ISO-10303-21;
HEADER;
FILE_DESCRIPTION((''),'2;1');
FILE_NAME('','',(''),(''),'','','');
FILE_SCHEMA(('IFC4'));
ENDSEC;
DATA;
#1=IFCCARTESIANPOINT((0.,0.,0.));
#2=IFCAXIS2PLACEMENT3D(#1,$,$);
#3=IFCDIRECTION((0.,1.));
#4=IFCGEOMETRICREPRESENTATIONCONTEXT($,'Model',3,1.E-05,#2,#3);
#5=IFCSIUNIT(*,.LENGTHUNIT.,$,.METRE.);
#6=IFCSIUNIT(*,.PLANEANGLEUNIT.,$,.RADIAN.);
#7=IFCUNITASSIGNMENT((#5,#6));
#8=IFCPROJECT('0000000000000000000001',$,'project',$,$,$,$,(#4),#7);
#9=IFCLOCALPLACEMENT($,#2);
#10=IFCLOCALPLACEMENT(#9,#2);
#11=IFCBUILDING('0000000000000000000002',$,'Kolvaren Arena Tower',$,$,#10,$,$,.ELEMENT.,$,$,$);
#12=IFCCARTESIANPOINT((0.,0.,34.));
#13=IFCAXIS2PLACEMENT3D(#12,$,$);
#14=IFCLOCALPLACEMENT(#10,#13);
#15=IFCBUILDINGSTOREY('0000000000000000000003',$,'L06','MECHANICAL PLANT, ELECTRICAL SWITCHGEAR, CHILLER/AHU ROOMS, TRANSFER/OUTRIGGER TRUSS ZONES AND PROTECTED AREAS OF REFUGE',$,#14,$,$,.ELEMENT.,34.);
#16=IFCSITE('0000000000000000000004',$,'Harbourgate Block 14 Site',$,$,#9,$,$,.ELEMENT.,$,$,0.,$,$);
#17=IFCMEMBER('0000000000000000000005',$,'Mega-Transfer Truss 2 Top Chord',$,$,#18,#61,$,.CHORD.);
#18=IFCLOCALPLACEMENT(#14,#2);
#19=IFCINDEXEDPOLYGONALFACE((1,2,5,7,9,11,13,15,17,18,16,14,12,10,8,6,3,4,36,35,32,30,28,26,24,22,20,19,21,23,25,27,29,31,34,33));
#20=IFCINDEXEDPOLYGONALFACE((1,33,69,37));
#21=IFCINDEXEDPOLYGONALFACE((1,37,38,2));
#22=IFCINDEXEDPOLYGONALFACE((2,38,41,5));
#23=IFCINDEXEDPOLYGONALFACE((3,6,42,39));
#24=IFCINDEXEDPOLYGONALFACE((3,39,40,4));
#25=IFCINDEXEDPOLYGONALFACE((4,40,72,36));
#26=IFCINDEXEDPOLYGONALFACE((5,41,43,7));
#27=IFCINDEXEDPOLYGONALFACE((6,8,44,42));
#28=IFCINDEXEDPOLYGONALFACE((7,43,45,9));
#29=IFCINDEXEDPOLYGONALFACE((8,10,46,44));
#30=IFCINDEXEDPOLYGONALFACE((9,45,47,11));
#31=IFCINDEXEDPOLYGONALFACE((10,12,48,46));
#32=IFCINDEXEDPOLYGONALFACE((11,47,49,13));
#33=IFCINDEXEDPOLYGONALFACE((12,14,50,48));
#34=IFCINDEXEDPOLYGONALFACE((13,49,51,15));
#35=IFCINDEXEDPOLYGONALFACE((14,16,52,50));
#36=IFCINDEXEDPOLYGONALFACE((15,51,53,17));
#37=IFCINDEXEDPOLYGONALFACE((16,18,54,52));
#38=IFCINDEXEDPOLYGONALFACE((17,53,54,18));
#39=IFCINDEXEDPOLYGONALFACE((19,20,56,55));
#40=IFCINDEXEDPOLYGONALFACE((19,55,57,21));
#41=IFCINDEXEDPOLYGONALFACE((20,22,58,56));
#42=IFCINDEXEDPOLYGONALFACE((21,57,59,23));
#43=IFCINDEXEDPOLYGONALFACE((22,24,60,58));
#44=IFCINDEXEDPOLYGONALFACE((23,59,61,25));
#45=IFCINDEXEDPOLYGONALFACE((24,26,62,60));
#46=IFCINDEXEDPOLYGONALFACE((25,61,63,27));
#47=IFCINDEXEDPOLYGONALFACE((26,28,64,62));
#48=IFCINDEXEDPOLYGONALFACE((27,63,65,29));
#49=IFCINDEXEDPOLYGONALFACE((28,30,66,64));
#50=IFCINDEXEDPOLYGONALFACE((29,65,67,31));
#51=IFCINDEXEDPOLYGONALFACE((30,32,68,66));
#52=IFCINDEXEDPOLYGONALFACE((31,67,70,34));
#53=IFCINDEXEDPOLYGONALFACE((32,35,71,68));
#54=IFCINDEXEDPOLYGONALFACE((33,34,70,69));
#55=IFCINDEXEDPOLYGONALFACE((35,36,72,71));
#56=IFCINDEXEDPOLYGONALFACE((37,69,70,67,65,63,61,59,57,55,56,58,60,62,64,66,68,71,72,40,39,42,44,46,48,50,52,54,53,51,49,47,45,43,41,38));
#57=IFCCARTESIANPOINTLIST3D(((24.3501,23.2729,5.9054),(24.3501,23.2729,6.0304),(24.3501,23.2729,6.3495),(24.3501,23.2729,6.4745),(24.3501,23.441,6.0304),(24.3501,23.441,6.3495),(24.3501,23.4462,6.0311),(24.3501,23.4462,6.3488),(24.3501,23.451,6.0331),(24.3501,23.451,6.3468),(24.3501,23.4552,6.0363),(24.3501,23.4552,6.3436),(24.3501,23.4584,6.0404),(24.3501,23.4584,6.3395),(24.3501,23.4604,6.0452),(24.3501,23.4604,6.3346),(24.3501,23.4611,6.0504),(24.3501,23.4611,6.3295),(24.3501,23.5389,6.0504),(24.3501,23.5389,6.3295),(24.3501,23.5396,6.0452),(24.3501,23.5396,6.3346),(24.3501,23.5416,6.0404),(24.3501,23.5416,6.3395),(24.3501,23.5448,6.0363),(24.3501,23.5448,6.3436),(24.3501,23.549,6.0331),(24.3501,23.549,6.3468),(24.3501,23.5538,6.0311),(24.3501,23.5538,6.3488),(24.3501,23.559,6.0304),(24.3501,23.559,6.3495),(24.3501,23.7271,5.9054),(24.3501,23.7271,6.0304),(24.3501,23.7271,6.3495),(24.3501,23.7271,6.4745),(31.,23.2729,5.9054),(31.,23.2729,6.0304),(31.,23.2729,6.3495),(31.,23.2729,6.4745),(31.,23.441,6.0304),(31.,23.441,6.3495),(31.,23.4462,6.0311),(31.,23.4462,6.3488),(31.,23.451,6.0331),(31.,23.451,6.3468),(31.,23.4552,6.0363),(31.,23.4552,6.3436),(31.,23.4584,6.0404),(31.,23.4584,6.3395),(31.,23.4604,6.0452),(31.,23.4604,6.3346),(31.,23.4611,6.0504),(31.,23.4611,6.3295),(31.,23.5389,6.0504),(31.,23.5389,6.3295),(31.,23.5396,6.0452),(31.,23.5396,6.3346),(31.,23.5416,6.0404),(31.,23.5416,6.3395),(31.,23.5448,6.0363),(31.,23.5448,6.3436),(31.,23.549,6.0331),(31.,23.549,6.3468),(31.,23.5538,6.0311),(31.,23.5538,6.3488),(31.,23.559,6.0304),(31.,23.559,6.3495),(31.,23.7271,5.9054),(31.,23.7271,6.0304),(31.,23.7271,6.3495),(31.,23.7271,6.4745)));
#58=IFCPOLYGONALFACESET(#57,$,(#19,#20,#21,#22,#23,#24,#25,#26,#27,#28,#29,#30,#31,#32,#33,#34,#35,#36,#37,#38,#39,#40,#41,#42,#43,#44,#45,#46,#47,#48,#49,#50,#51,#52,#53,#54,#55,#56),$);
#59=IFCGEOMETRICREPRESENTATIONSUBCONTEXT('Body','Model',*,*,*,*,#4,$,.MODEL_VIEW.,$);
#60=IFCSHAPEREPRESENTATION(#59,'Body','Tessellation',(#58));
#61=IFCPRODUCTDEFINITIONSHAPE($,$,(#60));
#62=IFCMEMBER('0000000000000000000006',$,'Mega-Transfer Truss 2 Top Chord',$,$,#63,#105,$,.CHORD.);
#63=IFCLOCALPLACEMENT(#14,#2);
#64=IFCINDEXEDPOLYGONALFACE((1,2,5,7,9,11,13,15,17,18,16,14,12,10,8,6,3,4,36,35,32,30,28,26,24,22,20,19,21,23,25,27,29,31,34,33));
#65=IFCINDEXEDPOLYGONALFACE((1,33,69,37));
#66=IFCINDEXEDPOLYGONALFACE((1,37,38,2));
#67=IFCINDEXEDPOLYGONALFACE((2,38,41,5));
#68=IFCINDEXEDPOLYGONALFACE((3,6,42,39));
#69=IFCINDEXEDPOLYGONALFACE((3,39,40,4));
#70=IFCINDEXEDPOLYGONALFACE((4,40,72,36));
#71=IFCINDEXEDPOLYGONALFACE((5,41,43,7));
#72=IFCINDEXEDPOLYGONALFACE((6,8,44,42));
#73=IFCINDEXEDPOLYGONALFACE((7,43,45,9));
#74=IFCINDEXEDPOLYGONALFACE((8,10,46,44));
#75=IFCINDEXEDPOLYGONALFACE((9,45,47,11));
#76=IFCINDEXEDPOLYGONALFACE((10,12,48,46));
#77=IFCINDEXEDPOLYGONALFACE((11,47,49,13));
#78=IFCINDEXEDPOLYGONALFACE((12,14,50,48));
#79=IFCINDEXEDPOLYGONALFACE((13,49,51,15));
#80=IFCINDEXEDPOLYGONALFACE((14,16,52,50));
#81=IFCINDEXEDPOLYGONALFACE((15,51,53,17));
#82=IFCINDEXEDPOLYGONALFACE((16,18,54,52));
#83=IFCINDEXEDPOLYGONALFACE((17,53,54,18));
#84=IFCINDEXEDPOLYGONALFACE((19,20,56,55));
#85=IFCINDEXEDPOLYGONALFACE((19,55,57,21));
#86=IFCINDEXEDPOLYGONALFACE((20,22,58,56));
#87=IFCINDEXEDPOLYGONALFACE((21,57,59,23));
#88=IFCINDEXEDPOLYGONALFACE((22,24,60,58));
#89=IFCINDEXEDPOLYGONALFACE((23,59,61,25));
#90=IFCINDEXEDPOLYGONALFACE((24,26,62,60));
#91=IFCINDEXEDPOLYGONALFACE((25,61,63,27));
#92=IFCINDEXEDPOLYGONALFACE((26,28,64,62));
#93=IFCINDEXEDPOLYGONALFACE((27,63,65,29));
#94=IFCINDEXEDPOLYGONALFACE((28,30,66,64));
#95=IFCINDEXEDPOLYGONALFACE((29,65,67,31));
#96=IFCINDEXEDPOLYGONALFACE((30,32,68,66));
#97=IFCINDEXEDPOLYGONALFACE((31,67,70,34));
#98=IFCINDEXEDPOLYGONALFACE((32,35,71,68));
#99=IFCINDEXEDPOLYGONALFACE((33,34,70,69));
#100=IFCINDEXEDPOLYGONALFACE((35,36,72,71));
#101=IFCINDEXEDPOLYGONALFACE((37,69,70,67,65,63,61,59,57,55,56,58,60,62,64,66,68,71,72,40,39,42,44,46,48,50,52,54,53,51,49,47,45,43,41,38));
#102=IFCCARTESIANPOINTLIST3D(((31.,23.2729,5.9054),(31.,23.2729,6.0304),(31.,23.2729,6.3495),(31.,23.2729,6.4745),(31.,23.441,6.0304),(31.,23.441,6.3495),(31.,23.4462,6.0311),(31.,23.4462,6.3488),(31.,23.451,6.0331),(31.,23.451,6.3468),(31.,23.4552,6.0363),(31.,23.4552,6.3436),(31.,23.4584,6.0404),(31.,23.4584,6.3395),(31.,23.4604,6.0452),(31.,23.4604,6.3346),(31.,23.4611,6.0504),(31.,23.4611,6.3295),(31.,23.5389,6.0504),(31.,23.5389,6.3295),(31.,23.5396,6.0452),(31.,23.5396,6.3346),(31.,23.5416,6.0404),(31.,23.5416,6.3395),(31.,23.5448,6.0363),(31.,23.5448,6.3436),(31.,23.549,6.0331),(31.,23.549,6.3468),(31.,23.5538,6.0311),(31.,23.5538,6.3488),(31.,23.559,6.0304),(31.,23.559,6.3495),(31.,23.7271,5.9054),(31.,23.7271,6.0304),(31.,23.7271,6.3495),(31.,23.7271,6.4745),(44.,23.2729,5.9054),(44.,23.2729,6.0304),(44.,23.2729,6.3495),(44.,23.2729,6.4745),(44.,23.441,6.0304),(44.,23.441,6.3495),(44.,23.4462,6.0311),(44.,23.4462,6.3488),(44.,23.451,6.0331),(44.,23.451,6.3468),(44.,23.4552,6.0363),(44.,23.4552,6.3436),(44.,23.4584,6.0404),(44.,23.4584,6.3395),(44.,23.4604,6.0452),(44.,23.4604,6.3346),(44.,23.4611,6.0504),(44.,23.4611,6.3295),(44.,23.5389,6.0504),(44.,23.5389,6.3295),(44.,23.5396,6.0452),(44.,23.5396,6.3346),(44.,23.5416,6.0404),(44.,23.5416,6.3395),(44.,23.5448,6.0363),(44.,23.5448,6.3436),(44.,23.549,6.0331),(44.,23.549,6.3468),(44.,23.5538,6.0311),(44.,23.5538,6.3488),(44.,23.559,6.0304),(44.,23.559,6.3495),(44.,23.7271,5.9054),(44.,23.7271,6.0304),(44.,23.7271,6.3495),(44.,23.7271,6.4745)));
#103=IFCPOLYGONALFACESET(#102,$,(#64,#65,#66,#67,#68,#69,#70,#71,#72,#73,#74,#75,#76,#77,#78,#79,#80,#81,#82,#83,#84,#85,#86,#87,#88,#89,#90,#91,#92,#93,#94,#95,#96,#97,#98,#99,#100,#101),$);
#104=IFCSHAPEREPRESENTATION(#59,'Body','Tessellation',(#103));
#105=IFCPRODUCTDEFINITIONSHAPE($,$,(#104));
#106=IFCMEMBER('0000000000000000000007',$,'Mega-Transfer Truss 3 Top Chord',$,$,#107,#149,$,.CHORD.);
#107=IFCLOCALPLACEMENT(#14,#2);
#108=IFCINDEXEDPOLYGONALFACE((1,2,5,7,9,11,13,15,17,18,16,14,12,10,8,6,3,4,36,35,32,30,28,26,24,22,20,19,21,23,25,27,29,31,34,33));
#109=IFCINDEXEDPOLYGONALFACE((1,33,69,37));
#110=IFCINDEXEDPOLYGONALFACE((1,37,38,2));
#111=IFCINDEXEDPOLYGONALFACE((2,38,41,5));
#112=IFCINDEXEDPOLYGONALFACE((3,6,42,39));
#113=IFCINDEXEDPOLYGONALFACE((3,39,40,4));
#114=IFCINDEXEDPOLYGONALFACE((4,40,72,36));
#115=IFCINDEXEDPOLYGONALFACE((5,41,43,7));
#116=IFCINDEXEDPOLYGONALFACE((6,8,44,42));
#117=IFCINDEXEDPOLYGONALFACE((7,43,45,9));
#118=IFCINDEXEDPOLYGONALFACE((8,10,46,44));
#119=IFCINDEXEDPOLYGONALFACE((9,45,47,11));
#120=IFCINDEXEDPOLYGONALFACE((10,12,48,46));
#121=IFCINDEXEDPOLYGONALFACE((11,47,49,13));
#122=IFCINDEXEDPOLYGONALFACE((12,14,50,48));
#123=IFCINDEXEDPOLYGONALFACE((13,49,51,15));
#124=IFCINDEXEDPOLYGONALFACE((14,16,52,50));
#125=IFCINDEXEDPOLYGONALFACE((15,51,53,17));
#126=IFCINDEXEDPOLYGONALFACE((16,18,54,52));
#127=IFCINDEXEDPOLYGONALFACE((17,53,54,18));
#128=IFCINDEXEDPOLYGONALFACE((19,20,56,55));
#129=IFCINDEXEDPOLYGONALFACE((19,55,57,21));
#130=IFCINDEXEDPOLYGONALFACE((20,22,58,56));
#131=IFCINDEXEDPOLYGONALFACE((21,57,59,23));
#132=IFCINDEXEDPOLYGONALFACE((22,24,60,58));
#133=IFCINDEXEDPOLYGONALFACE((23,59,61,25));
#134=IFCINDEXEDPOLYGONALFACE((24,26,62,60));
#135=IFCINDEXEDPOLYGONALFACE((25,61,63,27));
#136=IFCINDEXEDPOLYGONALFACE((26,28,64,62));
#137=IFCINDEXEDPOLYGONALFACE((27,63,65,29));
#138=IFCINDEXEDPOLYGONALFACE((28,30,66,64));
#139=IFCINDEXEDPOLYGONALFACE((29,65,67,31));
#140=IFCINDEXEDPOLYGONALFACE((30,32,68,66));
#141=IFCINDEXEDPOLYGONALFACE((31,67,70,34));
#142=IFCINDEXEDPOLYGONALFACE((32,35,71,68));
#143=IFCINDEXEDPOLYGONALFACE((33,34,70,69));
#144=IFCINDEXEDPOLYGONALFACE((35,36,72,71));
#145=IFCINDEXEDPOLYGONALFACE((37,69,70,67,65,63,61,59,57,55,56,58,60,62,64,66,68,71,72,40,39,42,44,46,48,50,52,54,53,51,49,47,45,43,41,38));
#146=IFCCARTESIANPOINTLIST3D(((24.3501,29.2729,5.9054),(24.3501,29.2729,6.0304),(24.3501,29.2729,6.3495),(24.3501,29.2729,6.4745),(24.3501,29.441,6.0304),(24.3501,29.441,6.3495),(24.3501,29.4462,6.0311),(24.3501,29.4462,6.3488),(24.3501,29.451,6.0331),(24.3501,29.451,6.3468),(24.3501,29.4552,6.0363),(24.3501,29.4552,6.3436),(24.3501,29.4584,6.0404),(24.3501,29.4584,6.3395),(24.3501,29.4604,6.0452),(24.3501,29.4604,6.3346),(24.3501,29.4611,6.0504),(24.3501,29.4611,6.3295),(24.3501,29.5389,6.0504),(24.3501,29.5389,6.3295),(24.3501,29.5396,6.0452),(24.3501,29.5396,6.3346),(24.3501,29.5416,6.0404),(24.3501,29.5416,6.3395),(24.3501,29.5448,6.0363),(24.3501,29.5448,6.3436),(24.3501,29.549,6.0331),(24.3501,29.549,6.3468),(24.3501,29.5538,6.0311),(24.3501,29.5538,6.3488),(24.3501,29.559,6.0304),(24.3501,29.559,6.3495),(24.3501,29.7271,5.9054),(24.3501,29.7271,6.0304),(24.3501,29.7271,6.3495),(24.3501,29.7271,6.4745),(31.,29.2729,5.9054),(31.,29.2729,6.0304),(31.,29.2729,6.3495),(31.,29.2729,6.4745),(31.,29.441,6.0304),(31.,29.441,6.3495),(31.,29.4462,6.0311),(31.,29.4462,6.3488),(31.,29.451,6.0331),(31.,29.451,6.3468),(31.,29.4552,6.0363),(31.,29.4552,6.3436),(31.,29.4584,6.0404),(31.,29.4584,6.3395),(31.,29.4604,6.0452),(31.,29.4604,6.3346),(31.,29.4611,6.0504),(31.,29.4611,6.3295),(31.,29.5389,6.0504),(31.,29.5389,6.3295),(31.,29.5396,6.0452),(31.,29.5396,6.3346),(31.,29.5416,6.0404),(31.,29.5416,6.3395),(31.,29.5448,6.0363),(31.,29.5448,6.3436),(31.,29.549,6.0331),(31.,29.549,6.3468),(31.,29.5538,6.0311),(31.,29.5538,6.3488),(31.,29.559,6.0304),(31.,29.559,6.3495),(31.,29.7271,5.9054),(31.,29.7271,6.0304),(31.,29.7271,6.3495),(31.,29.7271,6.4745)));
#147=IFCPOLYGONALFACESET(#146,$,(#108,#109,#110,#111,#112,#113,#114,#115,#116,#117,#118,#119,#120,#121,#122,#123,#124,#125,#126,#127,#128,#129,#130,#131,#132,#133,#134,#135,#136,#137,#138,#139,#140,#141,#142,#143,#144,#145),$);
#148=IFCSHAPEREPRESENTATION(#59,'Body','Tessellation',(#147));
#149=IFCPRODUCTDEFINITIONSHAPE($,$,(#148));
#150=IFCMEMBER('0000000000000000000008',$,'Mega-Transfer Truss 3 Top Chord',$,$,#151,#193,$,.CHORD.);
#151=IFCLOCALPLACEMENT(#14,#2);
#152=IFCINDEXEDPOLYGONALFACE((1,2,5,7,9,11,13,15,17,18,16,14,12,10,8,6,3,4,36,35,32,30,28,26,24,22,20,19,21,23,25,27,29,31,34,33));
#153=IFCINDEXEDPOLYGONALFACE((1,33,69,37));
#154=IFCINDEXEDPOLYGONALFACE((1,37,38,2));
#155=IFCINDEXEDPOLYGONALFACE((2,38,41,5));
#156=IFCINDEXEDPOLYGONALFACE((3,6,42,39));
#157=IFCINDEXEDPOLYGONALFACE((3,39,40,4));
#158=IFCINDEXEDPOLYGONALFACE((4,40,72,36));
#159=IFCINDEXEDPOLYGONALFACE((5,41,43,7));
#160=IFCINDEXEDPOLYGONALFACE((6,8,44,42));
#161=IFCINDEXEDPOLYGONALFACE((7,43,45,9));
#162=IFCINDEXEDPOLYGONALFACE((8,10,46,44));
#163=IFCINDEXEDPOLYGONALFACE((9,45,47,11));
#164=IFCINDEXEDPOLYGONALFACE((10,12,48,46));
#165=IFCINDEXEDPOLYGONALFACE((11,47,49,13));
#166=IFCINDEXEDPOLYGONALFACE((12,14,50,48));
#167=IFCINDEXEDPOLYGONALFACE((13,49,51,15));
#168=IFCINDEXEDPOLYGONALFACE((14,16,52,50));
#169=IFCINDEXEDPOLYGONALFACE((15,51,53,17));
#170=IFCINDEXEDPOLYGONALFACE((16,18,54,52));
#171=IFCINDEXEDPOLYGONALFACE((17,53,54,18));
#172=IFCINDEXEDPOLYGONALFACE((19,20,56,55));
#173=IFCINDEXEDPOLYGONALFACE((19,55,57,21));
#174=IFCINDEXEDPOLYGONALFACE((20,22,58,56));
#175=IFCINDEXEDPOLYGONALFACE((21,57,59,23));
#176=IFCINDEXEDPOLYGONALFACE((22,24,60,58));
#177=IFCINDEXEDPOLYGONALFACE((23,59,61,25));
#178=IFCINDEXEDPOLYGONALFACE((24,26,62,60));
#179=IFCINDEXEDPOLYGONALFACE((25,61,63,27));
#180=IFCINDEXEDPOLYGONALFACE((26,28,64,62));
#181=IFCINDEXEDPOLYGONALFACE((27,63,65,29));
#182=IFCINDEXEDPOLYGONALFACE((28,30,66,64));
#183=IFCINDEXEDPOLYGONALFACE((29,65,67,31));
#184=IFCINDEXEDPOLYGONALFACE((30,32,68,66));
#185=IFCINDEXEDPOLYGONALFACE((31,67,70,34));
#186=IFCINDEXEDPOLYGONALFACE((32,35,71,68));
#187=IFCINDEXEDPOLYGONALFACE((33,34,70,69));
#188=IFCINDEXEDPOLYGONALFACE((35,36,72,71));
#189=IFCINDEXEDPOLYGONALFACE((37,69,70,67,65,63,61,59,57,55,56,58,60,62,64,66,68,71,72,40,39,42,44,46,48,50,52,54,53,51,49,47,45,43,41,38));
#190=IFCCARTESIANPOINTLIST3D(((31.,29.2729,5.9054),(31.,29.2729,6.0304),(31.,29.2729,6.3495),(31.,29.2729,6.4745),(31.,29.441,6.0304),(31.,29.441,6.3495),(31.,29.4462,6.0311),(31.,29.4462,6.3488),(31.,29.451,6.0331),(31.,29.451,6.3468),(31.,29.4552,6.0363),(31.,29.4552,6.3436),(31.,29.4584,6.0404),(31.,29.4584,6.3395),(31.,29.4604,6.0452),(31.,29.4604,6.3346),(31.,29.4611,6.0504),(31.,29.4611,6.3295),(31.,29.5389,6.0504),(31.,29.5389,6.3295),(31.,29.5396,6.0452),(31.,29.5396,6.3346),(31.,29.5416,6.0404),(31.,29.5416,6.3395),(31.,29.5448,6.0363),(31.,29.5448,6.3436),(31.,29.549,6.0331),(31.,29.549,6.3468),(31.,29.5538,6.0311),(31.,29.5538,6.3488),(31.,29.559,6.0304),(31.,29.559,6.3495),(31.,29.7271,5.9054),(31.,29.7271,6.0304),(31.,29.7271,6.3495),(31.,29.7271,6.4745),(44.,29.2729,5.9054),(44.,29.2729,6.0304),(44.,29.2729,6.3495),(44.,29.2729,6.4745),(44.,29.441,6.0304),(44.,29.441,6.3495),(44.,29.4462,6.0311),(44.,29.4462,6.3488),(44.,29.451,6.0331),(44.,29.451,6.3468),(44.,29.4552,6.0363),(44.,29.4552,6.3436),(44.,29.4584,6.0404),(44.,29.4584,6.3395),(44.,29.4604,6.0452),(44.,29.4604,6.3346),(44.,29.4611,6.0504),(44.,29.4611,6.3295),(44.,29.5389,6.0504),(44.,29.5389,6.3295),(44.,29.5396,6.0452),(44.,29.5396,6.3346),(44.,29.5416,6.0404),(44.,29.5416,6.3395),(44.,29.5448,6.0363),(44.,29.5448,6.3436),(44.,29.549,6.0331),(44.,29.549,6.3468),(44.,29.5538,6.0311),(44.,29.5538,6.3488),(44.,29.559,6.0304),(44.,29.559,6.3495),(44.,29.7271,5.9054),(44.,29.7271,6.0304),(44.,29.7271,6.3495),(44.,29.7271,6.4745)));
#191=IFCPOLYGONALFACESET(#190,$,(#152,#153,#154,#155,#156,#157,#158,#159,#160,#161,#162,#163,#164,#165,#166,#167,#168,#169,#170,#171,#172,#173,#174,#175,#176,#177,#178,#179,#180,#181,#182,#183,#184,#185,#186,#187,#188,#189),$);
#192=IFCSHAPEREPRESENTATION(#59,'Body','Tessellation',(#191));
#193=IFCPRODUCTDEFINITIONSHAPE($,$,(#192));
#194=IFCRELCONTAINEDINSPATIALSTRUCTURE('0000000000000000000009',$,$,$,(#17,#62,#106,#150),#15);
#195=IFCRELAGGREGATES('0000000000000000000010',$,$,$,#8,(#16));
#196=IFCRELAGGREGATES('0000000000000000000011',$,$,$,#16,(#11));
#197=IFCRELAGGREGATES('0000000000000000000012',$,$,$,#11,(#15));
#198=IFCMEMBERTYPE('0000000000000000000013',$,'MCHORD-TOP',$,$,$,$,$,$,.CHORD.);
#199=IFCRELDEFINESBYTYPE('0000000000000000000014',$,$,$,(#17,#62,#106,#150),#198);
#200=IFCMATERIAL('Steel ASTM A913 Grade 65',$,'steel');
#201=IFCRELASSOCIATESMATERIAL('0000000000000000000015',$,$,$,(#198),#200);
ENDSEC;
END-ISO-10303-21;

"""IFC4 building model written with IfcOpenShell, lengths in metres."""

from ifc_helpers import new_model, si_unit, direction, frame, origin, origin_2d, place, context, subcontext, project, spatial, i_section, extrude, material, material_profile, profile_set, type_object, element, save


model = new_model("IFC4")

# Units and contexts
model_context = context("Model", 3, precision=1e-05, world=origin(), true_north=direction((0.0, 1.0)))
body_context = subcontext(model_context, "Body", "Model", "MODEL_VIEW")
ifc_project = project(units=[si_unit("LENGTHUNIT", "METRE"), si_unit("PLANEANGLEUNIT", "RADIAN")], contexts=[model_context])

# Site, building, storey
site_placement = place(None, origin())
site = spatial("IfcSite", under=ifc_project, at=site_placement, Name="Harbourgate Block 14 Site", CompositionType="ELEMENT", RefElevation=0.0)
building_placement = place(site_placement, origin())
building = spatial("IfcBuilding", under=site, at=building_placement, Name="Kolvaren Arena Tower", CompositionType="ELEMENT")
storey_placement = place(building_placement, frame((0.0, 0.0, 34.0)))
storey = spatial("IfcBuildingStorey", under=building, at=storey_placement, Name="L06", Description="MECHANICAL PLANT, ELECTRICAL SWITCHGEAR, CHILLER/AHU ROOMS, TRANSFER/OUTRIGGER TRUSS ZONES AND PROTECTED AREAS OF REFUGE", CompositionType="ELEMENT", Elevation=34.0)

# Members
ifc_material_1 = material(Name="Steel ASTM A913 Grade 65", Category="steel")
ifc_material_profile_1 = material_profile(ifc_material_1, i_section(OverallWidth=0.4541, OverallDepth=0.5691, WebThickness=0.0779, FlangeThickness=0.125, FilletRadius=0.02, at=origin_2d()), Name="W360x1086")
ifc_profile_set_1 = profile_set([ifc_material_profile_1], Name="Steel ASTM A913 Grade 65")
member_type_1 = type_object("IfcMemberType", Name="MCHORD-TOP", PredefinedType="CHORD", material=ifc_profile_set_1)
member_1_placement = place(storey_placement, frame((24.3501, 23.5, 6.1899), z_axis=(1.0, 0.0, 0.0), x_axis=(0.0, 1.0, 0.0)))
element("IfcMember", 1, at=member_1_placement, inside=storey, type_object=member_type_1, Name="Mega-Transfer Truss 2 Top Chord", PredefinedType="CHORD", context=body_context, shape_type="SweptSolid", body=[
    extrude(i_section(OverallWidth=0.4541, OverallDepth=0.5691, WebThickness=0.0779, FlangeThickness=0.125, FilletRadius=0.02, at=origin_2d()), origin(), (0.0, 0.0, 1.0), 6.6499),
])
member_2_placement = place(storey_placement, frame((31.0, 23.5, 6.1899), z_axis=(1.0, 0.0, 0.0), x_axis=(0.0, 1.0, 0.0)))
element("IfcMember", 2, at=member_2_placement, inside=storey, type_object=member_type_1, Name="Mega-Transfer Truss 2 Top Chord", PredefinedType="CHORD", context=body_context, shape_type="SweptSolid", body=[
    extrude(i_section(OverallWidth=0.4541, OverallDepth=0.5691, WebThickness=0.0779, FlangeThickness=0.125, FilletRadius=0.02, at=origin_2d()), origin(), (0.0, 0.0, 1.0), 13.0),
])
member_3_placement = place(storey_placement, frame((24.3501, 29.5, 6.1899), z_axis=(1.0, 0.0, 0.0), x_axis=(0.0, 1.0, 0.0)))
element("IfcMember", 3, at=member_3_placement, inside=storey, type_object=member_type_1, Name="Mega-Transfer Truss 3 Top Chord", PredefinedType="CHORD", context=body_context, shape_type="SweptSolid", body=[
    extrude(i_section(OverallWidth=0.4541, OverallDepth=0.5691, WebThickness=0.0779, FlangeThickness=0.125, FilletRadius=0.02, at=origin_2d()), origin(), (0.0, 0.0, 1.0), 6.6499),
])
member_4_placement = place(storey_placement, frame((31.0, 29.5, 6.1899), z_axis=(1.0, 0.0, 0.0), x_axis=(0.0, 1.0, 0.0)))
element("IfcMember", 4, at=member_4_placement, inside=storey, type_object=member_type_1, Name="Mega-Transfer Truss 3 Top Chord", PredefinedType="CHORD", context=body_context, shape_type="SweptSolid", body=[
    extrude(i_section(OverallWidth=0.4541, OverallDepth=0.5691, WebThickness=0.0779, FlangeThickness=0.125, FilletRadius=0.02, at=origin_2d()), origin(), (0.0, 0.0, 1.0), 13.0),
])

save(model, "model.ifc")
